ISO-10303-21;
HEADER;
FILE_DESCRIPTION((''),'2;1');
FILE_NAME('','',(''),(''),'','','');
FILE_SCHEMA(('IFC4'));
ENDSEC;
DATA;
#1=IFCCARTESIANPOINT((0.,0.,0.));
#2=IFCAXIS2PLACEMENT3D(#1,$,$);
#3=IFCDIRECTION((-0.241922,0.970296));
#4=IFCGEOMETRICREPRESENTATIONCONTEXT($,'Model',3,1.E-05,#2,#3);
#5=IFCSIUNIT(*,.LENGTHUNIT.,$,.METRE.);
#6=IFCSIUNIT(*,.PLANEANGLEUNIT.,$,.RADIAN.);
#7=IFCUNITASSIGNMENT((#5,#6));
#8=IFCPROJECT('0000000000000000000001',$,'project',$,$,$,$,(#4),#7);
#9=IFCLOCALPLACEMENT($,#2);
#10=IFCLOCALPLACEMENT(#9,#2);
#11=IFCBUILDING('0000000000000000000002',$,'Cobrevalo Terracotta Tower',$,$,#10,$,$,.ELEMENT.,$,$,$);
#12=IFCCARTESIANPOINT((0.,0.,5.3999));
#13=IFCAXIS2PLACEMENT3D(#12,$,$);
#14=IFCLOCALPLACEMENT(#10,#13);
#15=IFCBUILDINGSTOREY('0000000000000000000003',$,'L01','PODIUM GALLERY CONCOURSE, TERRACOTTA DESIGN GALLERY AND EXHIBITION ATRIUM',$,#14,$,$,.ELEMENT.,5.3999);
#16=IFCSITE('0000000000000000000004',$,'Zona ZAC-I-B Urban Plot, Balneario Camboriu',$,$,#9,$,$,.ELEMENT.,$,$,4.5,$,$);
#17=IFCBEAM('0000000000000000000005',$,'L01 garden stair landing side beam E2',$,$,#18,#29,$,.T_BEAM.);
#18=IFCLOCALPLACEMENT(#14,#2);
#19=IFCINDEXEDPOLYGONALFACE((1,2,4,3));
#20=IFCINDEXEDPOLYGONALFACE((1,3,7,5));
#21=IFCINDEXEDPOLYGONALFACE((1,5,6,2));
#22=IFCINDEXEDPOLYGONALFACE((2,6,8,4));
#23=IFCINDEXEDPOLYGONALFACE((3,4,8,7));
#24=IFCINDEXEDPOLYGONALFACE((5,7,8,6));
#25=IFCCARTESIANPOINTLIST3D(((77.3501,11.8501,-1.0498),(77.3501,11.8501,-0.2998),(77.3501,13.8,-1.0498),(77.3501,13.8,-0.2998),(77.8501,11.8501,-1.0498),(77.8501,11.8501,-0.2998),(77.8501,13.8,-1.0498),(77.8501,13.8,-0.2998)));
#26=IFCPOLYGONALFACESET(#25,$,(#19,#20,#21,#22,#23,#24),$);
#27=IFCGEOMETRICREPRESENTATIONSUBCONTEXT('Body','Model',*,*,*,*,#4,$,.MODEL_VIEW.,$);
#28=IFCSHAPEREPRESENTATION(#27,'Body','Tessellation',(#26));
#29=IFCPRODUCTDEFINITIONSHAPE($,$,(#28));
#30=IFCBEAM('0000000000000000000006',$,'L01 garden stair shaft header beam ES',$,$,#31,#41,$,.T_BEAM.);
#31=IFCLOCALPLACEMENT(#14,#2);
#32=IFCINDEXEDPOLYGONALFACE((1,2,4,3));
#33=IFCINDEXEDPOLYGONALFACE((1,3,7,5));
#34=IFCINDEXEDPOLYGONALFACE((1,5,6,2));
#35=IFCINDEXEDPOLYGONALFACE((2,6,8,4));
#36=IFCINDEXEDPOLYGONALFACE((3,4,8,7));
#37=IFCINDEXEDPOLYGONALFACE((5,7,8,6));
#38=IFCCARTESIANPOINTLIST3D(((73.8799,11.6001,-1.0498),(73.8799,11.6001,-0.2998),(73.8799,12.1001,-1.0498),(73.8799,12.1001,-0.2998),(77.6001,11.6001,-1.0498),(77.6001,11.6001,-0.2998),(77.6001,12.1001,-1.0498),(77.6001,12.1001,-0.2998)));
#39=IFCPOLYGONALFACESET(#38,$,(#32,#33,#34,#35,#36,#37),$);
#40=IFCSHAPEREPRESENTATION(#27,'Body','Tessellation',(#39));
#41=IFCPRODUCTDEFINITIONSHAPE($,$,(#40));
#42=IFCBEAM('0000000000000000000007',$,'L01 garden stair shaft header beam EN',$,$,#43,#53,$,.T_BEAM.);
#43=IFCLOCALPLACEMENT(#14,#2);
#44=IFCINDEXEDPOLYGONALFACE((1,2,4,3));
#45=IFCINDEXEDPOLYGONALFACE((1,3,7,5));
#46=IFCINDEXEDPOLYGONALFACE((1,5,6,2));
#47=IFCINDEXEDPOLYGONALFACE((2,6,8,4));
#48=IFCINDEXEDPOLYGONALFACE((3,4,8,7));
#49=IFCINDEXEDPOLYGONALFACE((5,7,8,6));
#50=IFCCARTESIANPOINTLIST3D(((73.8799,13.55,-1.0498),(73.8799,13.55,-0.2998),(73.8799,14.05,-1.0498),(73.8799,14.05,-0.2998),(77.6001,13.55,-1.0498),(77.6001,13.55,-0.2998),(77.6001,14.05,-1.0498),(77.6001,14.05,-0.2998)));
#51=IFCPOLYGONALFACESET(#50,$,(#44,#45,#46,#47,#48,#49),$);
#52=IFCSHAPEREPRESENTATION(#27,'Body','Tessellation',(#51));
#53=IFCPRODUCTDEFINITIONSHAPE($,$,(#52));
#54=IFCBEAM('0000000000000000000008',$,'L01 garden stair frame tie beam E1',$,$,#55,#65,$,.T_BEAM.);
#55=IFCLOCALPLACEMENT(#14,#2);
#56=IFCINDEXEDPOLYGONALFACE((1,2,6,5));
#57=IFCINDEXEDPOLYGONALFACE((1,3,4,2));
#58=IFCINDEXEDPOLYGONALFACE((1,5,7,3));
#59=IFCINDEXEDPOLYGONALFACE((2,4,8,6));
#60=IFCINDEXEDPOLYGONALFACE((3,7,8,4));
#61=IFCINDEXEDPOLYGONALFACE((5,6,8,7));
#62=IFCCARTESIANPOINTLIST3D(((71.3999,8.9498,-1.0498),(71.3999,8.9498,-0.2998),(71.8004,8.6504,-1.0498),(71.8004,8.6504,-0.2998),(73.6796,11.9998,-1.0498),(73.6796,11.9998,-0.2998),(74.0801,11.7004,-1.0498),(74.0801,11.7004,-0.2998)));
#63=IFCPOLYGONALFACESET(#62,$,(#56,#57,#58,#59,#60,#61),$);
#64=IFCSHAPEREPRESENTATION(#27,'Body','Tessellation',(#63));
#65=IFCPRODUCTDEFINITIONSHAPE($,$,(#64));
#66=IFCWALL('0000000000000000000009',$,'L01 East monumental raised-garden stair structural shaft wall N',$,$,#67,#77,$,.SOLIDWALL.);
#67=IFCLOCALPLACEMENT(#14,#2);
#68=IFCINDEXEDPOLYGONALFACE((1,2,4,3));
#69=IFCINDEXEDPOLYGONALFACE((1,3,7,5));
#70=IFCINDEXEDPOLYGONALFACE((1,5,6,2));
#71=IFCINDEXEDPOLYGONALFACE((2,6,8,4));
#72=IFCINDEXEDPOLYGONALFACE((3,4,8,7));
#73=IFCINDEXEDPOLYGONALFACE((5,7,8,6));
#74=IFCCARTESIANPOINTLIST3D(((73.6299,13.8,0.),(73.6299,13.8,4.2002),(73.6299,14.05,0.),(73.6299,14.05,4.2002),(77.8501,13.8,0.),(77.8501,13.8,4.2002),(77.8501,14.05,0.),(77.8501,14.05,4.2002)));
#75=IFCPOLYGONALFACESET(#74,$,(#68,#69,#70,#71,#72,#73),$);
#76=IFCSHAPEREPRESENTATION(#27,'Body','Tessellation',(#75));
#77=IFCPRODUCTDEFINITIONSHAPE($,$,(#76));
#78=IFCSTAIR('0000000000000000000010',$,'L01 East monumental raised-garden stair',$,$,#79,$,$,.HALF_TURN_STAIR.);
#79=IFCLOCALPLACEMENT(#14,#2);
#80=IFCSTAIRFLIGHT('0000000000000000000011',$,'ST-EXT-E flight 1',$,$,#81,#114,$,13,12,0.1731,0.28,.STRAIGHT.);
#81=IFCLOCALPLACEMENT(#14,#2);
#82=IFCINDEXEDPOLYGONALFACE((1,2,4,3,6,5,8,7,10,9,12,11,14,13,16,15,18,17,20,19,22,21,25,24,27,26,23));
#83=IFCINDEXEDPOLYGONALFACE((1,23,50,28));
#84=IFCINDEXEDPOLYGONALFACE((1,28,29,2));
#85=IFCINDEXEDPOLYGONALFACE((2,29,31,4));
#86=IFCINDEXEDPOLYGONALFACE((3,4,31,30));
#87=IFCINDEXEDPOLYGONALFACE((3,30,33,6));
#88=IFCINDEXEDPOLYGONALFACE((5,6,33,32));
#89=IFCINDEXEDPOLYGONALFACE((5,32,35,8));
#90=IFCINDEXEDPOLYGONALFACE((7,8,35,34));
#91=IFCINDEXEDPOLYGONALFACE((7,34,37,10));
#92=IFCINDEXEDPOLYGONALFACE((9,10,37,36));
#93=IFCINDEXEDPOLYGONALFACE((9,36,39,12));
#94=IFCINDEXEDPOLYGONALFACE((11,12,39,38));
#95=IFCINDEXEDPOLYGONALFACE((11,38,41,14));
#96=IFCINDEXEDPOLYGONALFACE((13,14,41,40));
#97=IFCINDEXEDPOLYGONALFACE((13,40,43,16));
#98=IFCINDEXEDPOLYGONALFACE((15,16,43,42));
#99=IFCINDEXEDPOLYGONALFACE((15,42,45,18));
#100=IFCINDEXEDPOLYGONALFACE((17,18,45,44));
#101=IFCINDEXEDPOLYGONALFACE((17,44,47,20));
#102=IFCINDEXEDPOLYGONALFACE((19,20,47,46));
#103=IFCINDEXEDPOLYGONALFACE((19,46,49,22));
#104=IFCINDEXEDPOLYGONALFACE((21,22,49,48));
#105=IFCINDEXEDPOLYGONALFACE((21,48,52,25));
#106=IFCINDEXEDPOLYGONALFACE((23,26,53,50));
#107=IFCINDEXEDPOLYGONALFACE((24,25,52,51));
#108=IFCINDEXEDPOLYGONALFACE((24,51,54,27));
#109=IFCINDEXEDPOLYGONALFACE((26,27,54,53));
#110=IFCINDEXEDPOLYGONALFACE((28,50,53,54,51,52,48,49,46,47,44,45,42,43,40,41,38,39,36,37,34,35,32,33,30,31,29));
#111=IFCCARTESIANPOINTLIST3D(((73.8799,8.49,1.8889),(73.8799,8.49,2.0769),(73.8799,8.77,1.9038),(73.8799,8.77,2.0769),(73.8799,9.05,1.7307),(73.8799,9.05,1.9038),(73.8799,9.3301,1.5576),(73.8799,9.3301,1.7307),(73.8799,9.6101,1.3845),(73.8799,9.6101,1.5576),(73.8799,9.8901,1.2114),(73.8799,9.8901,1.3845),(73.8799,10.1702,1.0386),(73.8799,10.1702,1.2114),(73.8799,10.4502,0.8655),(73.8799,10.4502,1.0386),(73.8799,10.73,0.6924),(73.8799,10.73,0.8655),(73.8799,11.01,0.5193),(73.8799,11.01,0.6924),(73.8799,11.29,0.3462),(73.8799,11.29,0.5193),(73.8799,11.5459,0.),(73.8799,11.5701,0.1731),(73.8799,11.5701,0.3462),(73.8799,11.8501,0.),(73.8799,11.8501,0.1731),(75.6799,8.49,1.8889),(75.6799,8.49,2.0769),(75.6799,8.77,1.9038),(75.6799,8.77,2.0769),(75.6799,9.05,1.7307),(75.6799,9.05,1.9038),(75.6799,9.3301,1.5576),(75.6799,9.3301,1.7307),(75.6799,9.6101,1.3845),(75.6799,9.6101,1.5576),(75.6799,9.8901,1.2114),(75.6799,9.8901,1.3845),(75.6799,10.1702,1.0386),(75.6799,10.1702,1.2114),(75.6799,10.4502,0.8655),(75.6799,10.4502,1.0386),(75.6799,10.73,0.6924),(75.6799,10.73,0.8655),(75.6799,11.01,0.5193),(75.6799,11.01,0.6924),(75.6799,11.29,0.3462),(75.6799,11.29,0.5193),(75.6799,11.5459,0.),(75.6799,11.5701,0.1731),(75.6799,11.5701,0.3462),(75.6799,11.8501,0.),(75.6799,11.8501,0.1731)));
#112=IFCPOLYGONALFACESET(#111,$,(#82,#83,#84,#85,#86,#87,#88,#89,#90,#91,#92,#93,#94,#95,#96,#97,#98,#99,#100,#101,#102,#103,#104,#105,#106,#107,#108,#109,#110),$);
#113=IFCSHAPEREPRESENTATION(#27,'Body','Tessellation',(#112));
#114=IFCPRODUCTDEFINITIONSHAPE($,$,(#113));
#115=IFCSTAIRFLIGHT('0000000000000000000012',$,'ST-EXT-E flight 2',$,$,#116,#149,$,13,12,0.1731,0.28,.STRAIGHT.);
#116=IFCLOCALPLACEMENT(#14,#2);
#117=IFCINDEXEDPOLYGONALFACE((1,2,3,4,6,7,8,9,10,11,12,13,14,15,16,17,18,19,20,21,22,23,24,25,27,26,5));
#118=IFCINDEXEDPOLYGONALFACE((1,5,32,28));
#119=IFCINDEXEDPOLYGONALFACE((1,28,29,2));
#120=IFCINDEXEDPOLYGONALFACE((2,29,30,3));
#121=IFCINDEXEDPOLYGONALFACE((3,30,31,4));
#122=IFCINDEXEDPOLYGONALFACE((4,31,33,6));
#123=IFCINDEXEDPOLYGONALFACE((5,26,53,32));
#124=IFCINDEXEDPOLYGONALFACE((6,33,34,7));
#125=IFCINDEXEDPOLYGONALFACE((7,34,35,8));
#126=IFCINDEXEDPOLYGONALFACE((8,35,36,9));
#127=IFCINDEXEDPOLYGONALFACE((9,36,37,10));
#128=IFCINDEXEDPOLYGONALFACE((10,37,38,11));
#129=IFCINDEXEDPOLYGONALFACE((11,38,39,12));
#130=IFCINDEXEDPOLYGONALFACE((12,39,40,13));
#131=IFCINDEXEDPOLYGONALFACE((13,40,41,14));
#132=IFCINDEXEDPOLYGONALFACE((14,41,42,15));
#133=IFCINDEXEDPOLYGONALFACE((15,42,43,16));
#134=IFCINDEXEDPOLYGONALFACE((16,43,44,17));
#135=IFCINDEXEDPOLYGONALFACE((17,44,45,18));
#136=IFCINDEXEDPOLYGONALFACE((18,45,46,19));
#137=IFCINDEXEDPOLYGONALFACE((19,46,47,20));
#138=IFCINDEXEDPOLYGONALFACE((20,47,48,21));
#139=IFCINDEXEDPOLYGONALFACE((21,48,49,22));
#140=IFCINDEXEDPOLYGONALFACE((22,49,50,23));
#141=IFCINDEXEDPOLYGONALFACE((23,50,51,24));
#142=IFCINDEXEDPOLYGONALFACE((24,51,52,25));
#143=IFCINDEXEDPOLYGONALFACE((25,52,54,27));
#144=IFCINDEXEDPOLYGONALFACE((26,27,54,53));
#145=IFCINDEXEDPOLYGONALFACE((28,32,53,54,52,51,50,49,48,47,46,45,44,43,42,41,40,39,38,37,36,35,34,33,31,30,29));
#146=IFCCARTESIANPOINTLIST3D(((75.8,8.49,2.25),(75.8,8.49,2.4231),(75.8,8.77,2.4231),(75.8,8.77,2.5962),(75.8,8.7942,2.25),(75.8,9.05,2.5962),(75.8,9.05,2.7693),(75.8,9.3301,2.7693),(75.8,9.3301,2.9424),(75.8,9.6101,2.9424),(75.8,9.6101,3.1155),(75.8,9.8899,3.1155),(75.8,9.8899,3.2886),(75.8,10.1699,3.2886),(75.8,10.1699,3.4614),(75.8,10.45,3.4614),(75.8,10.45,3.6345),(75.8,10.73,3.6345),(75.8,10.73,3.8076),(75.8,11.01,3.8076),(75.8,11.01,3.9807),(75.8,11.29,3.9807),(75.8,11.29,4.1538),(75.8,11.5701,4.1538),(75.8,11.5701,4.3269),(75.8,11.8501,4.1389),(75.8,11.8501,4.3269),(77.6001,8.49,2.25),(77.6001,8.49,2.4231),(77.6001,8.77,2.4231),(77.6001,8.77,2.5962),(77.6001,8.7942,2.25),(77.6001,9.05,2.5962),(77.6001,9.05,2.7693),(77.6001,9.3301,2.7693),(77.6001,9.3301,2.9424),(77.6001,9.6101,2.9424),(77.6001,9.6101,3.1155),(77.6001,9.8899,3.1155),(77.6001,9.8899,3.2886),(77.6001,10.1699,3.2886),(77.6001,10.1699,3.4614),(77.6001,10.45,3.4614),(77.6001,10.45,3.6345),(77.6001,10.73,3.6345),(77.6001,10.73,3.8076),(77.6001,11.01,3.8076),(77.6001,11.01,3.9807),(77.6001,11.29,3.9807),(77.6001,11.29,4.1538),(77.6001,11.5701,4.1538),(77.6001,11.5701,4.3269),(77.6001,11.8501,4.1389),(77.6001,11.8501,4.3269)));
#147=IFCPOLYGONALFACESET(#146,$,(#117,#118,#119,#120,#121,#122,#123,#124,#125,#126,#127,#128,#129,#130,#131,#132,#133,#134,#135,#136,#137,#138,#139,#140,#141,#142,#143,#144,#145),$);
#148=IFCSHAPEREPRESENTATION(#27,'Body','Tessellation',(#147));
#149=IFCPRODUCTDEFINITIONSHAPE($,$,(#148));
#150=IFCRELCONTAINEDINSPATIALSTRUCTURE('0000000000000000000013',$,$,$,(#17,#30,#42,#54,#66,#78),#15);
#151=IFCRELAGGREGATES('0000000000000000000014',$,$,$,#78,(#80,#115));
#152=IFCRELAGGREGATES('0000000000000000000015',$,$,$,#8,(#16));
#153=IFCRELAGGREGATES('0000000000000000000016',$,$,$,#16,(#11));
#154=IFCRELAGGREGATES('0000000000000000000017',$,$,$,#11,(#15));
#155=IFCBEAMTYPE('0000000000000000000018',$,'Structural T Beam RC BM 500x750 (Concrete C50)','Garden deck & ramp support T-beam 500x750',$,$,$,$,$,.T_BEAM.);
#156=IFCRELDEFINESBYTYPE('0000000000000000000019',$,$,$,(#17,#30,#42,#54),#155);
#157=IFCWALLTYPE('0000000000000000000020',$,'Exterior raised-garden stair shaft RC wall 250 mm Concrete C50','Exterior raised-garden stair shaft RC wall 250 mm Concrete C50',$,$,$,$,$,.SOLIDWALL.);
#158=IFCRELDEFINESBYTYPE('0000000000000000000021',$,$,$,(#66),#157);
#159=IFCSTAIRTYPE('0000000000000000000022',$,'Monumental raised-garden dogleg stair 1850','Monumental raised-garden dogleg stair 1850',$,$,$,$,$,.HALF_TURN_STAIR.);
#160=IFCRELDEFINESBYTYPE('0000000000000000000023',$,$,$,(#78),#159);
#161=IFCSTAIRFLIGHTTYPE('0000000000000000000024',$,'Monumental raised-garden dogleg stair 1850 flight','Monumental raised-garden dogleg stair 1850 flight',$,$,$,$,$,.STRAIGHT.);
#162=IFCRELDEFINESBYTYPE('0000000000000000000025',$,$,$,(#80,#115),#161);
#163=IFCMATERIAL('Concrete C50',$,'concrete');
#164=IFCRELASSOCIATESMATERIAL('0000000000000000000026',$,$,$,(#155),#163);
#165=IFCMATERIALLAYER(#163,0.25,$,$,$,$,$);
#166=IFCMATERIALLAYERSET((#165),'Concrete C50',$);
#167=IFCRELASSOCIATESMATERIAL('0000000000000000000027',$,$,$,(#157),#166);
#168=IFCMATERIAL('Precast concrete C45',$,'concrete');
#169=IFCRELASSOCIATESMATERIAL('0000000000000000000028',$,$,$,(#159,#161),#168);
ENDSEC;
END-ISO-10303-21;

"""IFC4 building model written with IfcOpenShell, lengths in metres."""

from ifc_helpers import new_model, si_unit, direction, frame, frame_2d, origin, origin_2d, place, context, subcontext, project, spatial, polyline, rectangle, outline, extrude, material, layer, layer_set, material_profile, profile_set, type_object, element, aggregate, save


model = new_model("IFC4")

# Units and contexts
model_context = context("Model", 3, precision=1e-05, world=origin(), true_north=direction((-0.241922, 0.970296)))
body_context = subcontext(model_context, "Body", "Model", "MODEL_VIEW")
ifc_project = project(units=[si_unit("LENGTHUNIT", "METRE"), si_unit("PLANEANGLEUNIT", "RADIAN")], contexts=[model_context])

# Site, building, storey
site_placement = place(None, origin())
site = spatial("IfcSite", under=ifc_project, at=site_placement, Name="Zona ZAC-I-B Urban Plot, Balneario Camboriu", CompositionType="ELEMENT", RefElevation=4.5)
building_placement = place(site_placement, origin())
building = spatial("IfcBuilding", under=site, at=building_placement, Name="Cobrevalo Terracotta Tower", CompositionType="ELEMENT")
storey_placement = place(building_placement, frame((0.0, 0.0, 5.3999)))
storey = spatial("IfcBuildingStorey", under=building, at=storey_placement, Name="L01", Description="PODIUM GALLERY CONCOURSE, TERRACOTTA DESIGN GALLERY AND EXHIBITION ATRIUM", CompositionType="ELEMENT", Elevation=5.3999)

# Shared definitions
ifc_material_1 = material(Name="Concrete C50", Category="concrete")

# Beams
ifc_material_profile_1 = material_profile(ifc_material_1, rectangle(XDim=0.5, YDim=0.75, at=origin_2d()), Name="RC BM 500x750")
ifc_profile_set_1 = profile_set([ifc_material_profile_1], Name="Concrete C50")
beam_type_1 = type_object("IfcBeamType", Name="Structural T Beam RC BM 500x750 (Concrete C50)", Description="Garden deck & ramp support T-beam 500x750", PredefinedType="T_BEAM", material=ifc_profile_set_1)
for number, where, z_axis, x_axis, name in (
    (1, (77.6001, 11.8501, -0.6748), (0.0, 1.0, 0.0), (-1.0, 0.0, 0.0), "L01 garden stair landing side beam E2"),
):
    element("IfcBeam", number, at=place(storey_placement, frame(where, z_axis=z_axis, x_axis=x_axis)), inside=storey, type_object=beam_type_1, Name=name, PredefinedType="T_BEAM", context=body_context, shape_type="SweptSolid", body=[
        extrude(rectangle(XDim=0.5, YDim=0.75, at=origin_2d()), origin(), (0.0, 0.0, 1.0), 1.95),
    ])
for number, where, z_axis, x_axis, name in (
    (2, (73.8799, 11.8501, -0.6748), (1.0, 0.0, 0.0), (0.0, 1.0, 0.0), "L01 garden stair shaft header beam ES"),
    (3, (73.8799, 13.8, -0.6748), (1.0, 0.0, 0.0), (0.0, 1.0, 0.0), "L01 garden stair shaft header beam EN"),
):
    element("IfcBeam", number, at=place(storey_placement, frame(where, z_axis=z_axis, x_axis=x_axis)), inside=storey, type_object=beam_type_1, Name=name, PredefinedType="T_BEAM", context=body_context, shape_type="SweptSolid", body=[
        extrude(rectangle(XDim=0.5, YDim=0.75, at=origin_2d()), origin(), (0.0, 0.0, 1.0), 3.7202),
    ])
beam_1_placement = place(storey_placement, frame((73.8799, 11.8501, -0.6748), z_axis=(-0.598696, -0.800976, 0.0), x_axis=(0.800976, -0.598696, 0.0)))
element("IfcBeam", 4, at=beam_1_placement, inside=storey, type_object=beam_type_1, Name="L01 garden stair frame tie beam E1", PredefinedType="T_BEAM", context=body_context, shape_type="SweptSolid", body=[
    extrude(rectangle(XDim=0.5, YDim=0.75, at=origin_2d()), origin(), (0.0, 0.0, 1.0), 3.8079),
])

# Wall
ifc_layer = layer(ifc_material_1, 0.25)
ifc_layer_set = layer_set([ifc_layer], Name="Concrete C50")
wall_type = type_object("IfcWallType", Name="Exterior raised-garden stair shaft RC wall 250 mm Concrete C50", Description="Exterior raised-garden stair shaft RC wall 250 mm Concrete C50", PredefinedType="SOLIDWALL", material=ifc_layer_set)
wall_placement = place(storey_placement, frame((73.6299, 13.925, 0.0), z_axis=(0.0, 0.0, 1.0), x_axis=(1.0, 0.0, 0.0)))
element("IfcWall", 5, at=wall_placement, inside=storey, type_object=wall_type, Name="L01 East monumental raised-garden stair structural shaft wall N", PredefinedType="SOLIDWALL", context=body_context, shape_type="SweptSolid", body=[
    extrude(rectangle(XDim=4.2202, YDim=0.25, at=frame_2d((2.1101, 0.0))), origin(), (0.0, 0.0, 1.0), 4.2002),
])

# Stair, stair flights
ifc_material_2 = material(Name="Precast concrete C45", Category="concrete")
stair_type = type_object("IfcStairType", Name="Monumental raised-garden dogleg stair 1850", Description="Monumental raised-garden dogleg stair 1850", PredefinedType="HALF_TURN_STAIR", material=ifc_material_2)
stair_placement = place(storey_placement, origin())
stair = element("IfcStair", 6, at=stair_placement, inside=storey, type_object=stair_type, Name="L01 East monumental raised-garden stair", PredefinedType="HALF_TURN_STAIR")
stair_flight_type = type_object("IfcStairFlightType", Name="Monumental raised-garden dogleg stair 1850 flight", Description="Monumental raised-garden dogleg stair 1850 flight", PredefinedType="STRAIGHT", material=ifc_material_2)
stair_flight_1_placement = place(storey_placement, frame((74.78, 11.8501, 0.0), z_axis=(0.0, 0.0, 1.0), x_axis=(0.0, -1.0, 0.0)))
stair_flight_1 = element("IfcStairFlight", 7, at=stair_flight_1_placement, type_object=stair_flight_type, Name="ST-EXT-E flight 1", NumberOfRisers=13, NumberOfTreads=12, PredefinedType="STRAIGHT", RiserHeight=0.1731, TreadLength=0.28, context=body_context, shape_type="SweptSolid", body=[
    extrude(outline(polyline([(0.0, 0.0), (0.0, 0.1731), (0.28, 0.1731), (0.28, 0.3462), (0.5601, 0.3462), (0.5601, 0.5193), (0.8401, 0.5193), (0.8401, 0.6924), (1.1201, 0.6924), (1.1201, 0.8655), (1.3999, 0.8655), (1.3999, 1.0386), (1.6799, 1.0386), (1.6799, 1.2114), (1.96, 1.2114), (1.96, 1.3845), (2.24, 1.3845), (2.24, 1.5576), (2.52, 1.5576), (2.52, 1.7307), (2.8, 1.7307), (2.8, 1.9038), (3.0801, 1.9038), (3.0801, 2.0769), (3.3601, 2.0769), (3.3601, 2.25), (3.3601, 1.8889), (0.3042, 0.0), (0.0, 0.0)])), frame((0.0, 0.8999, 0.0), z_axis=(0.0, -1.0, 0.0), x_axis=(1.0, 0.0, 0.0)), (0.0, 0.0, 1.0), 1.8),
])
stair_flight_2_placement = place(storey_placement, frame((76.7, 8.49, 2.25), z_axis=(0.0, 0.0, 1.0), x_axis=(0.0, 1.0, 0.0)))
stair_flight_2 = element("IfcStairFlight", 8, at=stair_flight_2_placement, type_object=stair_flight_type, Name="ST-EXT-E flight 2", NumberOfRisers=13, NumberOfTreads=12, PredefinedType="STRAIGHT", RiserHeight=0.1731, TreadLength=0.28, context=body_context, shape_type="SweptSolid", body=[
    extrude(outline(polyline([(0.0, 0.0), (0.0, 0.1731), (0.28, 0.1731), (0.28, 0.3462), (0.5601, 0.3462), (0.5601, 0.5193), (0.8401, 0.5193), (0.8401, 0.6924), (1.1201, 0.6924), (1.1201, 0.8655), (1.3999, 0.8655), (1.3999, 1.0386), (1.6799, 1.0386), (1.6799, 1.2114), (1.96, 1.2114), (1.96, 1.3845), (2.24, 1.3845), (2.24, 1.5576), (2.52, 1.5576), (2.52, 1.7307), (2.8, 1.7307), (2.8, 1.9038), (3.0801, 1.9038), (3.0801, 2.0769), (3.3601, 2.0769), (3.3601, 2.25), (3.3601, 1.8889), (0.3042, 0.0), (0.0, 0.0)])), frame((0.0, 0.8999, 0.0), z_axis=(0.0, -1.0, 0.0), x_axis=(1.0, 0.0, 0.0)), (0.0, 0.0, 1.0), 1.8),
])
aggregate(stair, [stair_flight_1, stair_flight_2])

save(model, "model.ifc")
